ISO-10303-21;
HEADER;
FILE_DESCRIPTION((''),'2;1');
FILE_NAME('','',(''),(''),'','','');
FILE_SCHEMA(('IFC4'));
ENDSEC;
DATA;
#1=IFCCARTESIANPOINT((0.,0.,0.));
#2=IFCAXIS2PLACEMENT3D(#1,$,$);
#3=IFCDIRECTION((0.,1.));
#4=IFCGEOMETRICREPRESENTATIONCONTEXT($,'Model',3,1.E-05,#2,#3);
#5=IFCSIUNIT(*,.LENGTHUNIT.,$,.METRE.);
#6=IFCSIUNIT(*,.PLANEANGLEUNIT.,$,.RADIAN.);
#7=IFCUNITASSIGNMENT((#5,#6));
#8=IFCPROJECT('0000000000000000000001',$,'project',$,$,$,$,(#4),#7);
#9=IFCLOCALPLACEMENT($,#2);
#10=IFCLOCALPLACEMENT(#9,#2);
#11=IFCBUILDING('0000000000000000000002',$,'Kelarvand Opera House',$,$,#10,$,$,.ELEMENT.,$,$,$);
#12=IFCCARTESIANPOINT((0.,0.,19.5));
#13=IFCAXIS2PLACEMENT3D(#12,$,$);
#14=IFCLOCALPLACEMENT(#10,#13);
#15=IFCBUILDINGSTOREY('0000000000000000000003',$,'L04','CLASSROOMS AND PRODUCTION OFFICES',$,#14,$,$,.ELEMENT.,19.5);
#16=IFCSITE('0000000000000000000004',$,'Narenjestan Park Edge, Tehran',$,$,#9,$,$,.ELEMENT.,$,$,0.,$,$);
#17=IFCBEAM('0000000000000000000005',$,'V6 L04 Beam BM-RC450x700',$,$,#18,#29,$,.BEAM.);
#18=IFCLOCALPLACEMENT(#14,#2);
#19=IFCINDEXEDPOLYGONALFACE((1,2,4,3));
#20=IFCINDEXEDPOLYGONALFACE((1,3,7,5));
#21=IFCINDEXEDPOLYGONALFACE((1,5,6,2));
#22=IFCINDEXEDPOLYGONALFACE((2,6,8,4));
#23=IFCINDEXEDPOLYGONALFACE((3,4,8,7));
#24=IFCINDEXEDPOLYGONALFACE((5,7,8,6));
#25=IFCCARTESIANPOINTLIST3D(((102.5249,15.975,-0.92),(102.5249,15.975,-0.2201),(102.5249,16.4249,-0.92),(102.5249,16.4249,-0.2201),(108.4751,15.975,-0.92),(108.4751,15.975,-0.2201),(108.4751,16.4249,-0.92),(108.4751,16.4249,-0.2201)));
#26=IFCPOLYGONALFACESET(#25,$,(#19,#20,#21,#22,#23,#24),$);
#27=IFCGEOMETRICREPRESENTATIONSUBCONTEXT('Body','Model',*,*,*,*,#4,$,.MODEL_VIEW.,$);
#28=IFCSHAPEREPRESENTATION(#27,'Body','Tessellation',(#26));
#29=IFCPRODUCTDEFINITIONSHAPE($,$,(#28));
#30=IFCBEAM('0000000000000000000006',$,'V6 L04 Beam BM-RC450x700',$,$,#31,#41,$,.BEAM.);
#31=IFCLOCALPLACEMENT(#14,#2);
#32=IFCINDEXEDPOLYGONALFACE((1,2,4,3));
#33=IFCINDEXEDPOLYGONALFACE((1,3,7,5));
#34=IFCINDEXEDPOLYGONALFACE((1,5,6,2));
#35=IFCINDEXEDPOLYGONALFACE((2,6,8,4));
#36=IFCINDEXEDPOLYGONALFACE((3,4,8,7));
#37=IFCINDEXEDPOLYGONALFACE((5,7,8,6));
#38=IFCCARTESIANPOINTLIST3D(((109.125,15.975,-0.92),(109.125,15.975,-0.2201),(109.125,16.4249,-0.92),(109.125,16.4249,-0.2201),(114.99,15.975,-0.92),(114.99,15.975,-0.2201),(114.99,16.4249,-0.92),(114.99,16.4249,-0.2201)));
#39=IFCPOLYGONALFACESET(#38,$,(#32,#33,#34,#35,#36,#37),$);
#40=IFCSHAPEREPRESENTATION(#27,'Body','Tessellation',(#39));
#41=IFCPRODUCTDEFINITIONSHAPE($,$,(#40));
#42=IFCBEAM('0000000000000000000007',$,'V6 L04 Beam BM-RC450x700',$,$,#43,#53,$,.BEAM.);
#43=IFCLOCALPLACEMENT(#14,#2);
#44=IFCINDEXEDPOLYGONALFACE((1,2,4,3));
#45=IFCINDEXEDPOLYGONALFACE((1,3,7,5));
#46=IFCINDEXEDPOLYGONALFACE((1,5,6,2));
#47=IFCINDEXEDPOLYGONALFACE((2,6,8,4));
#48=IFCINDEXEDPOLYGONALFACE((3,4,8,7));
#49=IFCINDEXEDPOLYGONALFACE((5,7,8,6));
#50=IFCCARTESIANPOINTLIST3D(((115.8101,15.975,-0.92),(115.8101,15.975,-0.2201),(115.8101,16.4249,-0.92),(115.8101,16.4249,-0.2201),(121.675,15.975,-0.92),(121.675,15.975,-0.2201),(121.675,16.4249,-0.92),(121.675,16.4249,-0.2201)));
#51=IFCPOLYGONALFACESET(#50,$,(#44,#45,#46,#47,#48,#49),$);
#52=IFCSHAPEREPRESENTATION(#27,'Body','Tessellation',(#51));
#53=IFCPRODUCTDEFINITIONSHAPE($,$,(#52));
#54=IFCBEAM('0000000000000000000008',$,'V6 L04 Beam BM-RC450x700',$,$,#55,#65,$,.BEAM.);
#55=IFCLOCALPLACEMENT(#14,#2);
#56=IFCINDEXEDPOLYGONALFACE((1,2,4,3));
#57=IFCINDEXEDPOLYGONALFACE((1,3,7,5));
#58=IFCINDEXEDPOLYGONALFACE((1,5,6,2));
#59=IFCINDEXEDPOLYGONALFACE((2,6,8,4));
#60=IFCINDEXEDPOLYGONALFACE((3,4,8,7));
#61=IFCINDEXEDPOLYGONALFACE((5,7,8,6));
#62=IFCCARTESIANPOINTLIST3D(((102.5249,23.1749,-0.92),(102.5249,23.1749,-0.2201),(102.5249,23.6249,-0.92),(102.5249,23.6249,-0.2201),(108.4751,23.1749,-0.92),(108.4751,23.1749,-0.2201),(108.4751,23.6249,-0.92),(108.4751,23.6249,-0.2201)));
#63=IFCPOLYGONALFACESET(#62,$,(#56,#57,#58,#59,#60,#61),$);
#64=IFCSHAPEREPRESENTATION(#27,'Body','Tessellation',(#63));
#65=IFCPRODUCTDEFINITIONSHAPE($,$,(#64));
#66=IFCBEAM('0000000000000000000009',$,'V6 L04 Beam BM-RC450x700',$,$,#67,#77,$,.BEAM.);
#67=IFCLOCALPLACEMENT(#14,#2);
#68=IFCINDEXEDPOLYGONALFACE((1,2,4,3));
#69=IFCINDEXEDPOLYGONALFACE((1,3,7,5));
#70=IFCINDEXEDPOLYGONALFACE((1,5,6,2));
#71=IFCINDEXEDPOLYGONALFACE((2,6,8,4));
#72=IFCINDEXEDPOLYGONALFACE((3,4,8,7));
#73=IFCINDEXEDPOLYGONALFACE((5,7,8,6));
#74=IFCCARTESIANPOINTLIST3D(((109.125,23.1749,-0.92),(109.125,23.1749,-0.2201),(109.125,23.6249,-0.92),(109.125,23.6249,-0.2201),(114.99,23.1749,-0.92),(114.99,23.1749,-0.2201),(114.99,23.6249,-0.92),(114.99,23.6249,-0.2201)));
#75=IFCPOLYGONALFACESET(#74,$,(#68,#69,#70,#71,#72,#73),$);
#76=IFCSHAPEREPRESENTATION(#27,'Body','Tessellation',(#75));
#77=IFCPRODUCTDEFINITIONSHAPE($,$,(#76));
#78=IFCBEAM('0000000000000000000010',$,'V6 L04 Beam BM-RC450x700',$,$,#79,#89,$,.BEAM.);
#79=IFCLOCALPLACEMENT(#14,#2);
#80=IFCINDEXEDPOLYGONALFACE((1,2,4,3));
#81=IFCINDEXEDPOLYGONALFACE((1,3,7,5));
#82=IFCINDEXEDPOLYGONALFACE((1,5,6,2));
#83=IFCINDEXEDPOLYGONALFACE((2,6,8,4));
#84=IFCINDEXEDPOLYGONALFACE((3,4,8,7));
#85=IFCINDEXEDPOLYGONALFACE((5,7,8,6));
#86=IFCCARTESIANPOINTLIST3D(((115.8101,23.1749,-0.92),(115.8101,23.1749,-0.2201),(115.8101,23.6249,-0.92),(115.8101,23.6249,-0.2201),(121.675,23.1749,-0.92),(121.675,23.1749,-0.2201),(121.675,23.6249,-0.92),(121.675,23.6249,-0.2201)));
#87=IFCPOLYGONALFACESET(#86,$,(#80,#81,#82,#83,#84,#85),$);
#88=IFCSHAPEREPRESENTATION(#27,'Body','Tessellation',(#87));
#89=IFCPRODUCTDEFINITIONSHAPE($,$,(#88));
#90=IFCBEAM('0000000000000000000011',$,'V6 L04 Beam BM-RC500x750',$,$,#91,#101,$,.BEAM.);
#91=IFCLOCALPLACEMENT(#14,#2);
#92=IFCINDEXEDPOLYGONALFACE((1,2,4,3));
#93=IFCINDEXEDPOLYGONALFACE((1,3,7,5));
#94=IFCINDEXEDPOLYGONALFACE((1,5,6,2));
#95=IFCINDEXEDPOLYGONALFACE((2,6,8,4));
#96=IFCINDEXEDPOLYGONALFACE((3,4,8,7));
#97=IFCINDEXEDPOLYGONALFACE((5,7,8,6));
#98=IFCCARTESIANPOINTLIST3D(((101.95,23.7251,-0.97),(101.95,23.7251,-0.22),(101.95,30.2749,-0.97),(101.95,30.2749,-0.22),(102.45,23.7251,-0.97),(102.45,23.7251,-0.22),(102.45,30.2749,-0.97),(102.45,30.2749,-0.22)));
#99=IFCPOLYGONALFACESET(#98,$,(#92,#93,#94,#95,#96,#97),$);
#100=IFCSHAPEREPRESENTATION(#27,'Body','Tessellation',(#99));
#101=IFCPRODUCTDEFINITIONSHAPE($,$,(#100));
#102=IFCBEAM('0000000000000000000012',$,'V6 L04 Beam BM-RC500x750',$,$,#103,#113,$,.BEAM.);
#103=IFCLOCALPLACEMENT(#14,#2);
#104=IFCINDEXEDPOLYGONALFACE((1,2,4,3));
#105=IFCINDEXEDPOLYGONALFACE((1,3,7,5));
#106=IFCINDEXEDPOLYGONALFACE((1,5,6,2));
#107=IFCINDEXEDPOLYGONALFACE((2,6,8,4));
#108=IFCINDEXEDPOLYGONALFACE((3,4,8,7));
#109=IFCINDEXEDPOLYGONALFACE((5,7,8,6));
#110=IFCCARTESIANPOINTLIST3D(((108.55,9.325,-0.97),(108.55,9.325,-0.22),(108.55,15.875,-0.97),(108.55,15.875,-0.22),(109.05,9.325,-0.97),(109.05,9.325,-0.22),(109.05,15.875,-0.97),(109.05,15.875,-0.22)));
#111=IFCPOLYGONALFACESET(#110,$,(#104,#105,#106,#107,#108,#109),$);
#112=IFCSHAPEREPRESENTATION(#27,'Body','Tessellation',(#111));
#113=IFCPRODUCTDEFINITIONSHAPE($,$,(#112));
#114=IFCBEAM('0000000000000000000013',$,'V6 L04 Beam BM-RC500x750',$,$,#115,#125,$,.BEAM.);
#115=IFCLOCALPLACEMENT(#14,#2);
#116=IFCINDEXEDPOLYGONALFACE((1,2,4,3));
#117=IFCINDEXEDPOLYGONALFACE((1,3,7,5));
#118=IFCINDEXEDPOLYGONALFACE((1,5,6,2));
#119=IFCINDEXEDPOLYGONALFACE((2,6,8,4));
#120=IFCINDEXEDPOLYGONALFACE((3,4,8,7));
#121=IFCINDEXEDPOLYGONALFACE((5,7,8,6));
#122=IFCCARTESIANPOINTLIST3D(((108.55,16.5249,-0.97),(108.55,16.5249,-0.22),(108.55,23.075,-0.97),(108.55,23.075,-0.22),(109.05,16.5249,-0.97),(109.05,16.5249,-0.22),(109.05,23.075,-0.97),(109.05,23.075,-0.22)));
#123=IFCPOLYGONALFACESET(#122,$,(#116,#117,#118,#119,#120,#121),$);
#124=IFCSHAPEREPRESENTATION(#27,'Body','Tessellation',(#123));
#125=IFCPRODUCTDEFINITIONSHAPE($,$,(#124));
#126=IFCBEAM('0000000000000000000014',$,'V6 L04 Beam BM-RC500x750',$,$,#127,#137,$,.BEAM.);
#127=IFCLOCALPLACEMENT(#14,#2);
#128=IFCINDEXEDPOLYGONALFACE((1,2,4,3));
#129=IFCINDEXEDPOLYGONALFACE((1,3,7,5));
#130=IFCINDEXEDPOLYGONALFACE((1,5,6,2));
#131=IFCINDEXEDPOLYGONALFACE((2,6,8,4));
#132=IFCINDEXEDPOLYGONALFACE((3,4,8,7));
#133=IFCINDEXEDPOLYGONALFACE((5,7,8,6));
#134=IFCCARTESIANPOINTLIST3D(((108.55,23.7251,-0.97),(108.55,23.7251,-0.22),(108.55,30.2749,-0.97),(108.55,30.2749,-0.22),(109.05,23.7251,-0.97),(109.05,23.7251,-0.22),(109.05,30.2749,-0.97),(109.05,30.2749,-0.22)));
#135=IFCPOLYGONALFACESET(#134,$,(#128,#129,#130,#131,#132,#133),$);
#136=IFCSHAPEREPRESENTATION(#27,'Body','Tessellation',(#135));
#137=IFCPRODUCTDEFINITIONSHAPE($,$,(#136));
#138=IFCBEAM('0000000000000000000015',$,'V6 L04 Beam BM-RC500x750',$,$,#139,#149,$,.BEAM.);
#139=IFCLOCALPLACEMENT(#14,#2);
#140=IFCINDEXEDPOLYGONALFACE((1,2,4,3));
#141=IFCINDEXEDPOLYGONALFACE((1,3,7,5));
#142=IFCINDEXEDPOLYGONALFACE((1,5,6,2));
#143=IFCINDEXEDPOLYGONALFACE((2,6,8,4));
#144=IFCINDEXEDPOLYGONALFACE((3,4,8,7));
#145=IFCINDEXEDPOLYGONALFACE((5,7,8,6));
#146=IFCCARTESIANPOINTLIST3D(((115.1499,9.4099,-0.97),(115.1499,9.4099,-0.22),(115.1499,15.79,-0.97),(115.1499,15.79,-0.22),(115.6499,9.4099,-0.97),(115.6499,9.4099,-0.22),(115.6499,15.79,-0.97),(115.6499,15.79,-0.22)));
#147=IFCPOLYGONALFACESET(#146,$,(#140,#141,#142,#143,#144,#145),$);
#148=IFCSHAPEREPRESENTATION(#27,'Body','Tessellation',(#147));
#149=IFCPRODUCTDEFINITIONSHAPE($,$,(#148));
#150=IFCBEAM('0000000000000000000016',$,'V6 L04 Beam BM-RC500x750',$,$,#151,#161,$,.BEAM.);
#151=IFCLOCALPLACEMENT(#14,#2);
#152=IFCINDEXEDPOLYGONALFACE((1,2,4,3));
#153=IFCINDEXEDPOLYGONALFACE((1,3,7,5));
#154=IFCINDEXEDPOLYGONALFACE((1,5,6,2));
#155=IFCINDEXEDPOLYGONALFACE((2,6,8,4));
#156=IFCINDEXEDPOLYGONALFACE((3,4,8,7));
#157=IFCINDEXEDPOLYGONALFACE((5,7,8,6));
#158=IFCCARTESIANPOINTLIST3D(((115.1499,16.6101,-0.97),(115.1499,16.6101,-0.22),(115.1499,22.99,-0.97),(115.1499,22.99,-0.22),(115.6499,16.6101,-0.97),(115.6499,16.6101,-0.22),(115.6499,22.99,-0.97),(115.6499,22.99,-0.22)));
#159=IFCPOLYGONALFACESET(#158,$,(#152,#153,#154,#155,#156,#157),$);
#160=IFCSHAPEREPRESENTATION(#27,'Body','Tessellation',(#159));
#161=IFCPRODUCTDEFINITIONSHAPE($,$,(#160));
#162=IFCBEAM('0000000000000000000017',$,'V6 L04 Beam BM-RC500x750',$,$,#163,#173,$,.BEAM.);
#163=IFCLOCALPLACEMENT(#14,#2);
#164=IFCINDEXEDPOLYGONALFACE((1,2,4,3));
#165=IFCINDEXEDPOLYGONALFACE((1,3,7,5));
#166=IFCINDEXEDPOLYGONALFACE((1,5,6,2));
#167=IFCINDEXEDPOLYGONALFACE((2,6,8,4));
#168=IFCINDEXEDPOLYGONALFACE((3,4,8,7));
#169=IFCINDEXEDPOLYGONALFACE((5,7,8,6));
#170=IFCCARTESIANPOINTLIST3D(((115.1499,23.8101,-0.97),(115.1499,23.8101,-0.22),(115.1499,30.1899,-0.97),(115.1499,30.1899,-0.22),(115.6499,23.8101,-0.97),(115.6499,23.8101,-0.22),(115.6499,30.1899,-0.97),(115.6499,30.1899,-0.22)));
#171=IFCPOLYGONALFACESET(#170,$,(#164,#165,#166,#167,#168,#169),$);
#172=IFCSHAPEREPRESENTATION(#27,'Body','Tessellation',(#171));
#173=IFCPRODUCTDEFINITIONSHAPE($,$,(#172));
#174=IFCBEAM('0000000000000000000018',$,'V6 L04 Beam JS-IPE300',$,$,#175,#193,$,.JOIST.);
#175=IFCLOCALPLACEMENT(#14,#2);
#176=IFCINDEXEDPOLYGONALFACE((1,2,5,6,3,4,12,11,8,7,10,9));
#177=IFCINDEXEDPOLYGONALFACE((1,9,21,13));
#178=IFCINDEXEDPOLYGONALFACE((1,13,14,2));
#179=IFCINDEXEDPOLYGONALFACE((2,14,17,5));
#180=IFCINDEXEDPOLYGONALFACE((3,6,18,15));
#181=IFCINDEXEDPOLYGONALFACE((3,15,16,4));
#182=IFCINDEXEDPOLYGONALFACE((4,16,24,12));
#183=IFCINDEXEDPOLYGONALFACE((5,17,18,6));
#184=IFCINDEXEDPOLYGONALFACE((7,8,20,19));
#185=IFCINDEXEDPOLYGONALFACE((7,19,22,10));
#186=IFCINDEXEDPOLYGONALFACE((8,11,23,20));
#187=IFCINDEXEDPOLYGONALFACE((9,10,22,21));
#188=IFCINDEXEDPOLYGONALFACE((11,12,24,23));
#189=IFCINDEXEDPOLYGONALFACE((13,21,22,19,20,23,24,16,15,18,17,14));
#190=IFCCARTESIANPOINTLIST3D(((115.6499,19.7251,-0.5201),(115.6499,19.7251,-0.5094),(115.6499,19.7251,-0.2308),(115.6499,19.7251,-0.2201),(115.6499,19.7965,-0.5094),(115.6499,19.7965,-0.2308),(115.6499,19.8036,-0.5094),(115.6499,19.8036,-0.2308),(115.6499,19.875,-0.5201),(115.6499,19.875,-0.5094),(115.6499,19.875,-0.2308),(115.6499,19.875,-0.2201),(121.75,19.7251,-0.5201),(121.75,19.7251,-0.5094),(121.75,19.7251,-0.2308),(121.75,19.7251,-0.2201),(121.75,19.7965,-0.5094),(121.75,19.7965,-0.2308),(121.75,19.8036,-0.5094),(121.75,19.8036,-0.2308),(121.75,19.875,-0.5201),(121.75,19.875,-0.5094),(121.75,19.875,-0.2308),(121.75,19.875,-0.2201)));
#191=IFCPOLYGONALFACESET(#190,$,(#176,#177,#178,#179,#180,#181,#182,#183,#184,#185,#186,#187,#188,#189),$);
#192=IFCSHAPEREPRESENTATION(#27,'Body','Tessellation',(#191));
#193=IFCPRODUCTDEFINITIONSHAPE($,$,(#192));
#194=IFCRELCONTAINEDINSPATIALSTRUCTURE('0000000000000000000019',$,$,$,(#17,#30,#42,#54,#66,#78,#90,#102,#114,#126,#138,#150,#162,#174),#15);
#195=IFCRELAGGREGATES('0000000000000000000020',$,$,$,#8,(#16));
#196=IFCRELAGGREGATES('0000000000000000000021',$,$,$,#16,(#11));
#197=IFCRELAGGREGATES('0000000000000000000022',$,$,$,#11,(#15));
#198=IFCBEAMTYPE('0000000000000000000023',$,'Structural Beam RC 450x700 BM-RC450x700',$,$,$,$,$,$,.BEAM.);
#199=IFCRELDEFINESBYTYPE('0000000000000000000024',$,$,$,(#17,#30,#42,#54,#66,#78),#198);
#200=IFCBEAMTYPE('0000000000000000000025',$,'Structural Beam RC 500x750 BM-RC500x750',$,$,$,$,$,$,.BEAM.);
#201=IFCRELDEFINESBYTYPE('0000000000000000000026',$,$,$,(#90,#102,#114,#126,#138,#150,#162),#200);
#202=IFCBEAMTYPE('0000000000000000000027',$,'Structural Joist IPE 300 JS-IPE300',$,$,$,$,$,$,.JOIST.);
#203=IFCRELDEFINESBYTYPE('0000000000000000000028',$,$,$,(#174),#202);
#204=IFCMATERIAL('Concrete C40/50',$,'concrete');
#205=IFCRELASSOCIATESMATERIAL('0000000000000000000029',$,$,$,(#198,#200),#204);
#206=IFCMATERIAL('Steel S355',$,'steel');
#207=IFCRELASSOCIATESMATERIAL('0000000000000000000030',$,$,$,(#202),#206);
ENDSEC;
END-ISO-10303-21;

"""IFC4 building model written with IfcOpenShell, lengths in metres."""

from ifc_helpers import new_model, si_unit, direction, frame, origin, origin_2d, place, context, subcontext, project, spatial, rectangle, i_section, extrude, material, material_profile, profile_set, type_object, element, save


model = new_model("IFC4")

# Units and contexts
model_context = context("Model", 3, precision=1e-05, world=origin(), true_north=direction((0.0, 1.0)))
body_context = subcontext(model_context, "Body", "Model", "MODEL_VIEW")
ifc_project = project(units=[si_unit("LENGTHUNIT", "METRE"), si_unit("PLANEANGLEUNIT", "RADIAN")], contexts=[model_context])

# Site, building, storey
site_placement = place(None, origin())
site = spatial("IfcSite", under=ifc_project, at=site_placement, Name="Narenjestan Park Edge, Tehran", CompositionType="ELEMENT", RefElevation=0.0)
building_placement = place(site_placement, origin())
building = spatial("IfcBuilding", under=site, at=building_placement, Name="Kelarvand Opera House", CompositionType="ELEMENT")
storey_placement = place(building_placement, frame((0.0, 0.0, 19.5)))
storey = spatial("IfcBuildingStorey", under=building, at=storey_placement, Name="L04", Description="CLASSROOMS AND PRODUCTION OFFICES", CompositionType="ELEMENT", Elevation=19.5)

# Beams
ifc_material_1 = material(Name="Concrete C40/50", Category="concrete")
ifc_material_profile_1 = material_profile(ifc_material_1, rectangle(XDim=0.45, YDim=0.7, at=origin_2d()), Name="RC 450x700", Category="concrete")
ifc_profile_set_1 = profile_set([ifc_material_profile_1], Name="Concrete C40/50")
beam_type_1 = type_object("IfcBeamType", Name="Structural Beam RC 450x700 BM-RC450x700", PredefinedType="BEAM", material=ifc_profile_set_1)
beam_1_placement = place(storey_placement, frame((102.5249, 16.2, -0.5701), z_axis=(1.0, 0.0, 0.0), x_axis=(0.0, 1.0, 0.0)))
element("IfcBeam", 1, at=beam_1_placement, inside=storey, type_object=beam_type_1, Name="V6 L04 Beam BM-RC450x700", PredefinedType="BEAM", context=body_context, shape_type="SweptSolid", body=[
    extrude(rectangle(XDim=0.45, YDim=0.7, at=origin_2d()), origin(), (0.0, 0.0, 1.0), 5.9502),
])
for number, where, z_axis, x_axis, name in (
    (2, (109.125, 16.2, -0.5701), (1.0, 0.0, 0.0), (0.0, 1.0, 0.0), "V6 L04 Beam BM-RC450x700"),
    (3, (115.8101, 16.2, -0.5701), (1.0, 0.0, 0.0), (0.0, 1.0, 0.0), "V6 L04 Beam BM-RC450x700"),
):
    element("IfcBeam", number, at=place(storey_placement, frame(where, z_axis=z_axis, x_axis=x_axis)), inside=storey, type_object=beam_type_1, Name=name, PredefinedType="BEAM", context=body_context, shape_type="SweptSolid", body=[
        extrude(rectangle(XDim=0.45, YDim=0.7, at=origin_2d()), origin(), (0.0, 0.0, 1.0), 5.865),
    ])
beam_2_placement = place(storey_placement, frame((102.5249, 23.3999, -0.5701), z_axis=(1.0, 0.0, 0.0), x_axis=(0.0, 1.0, 0.0)))
element("IfcBeam", 4, at=beam_2_placement, inside=storey, type_object=beam_type_1, Name="V6 L04 Beam BM-RC450x700", PredefinedType="BEAM", context=body_context, shape_type="SweptSolid", body=[
    extrude(rectangle(XDim=0.45, YDim=0.7, at=origin_2d()), origin(), (0.0, 0.0, 1.0), 5.9502),
])
for number, where, z_axis, x_axis, name in (
    (5, (109.125, 23.3999, -0.5701), (1.0, 0.0, 0.0), (0.0, 1.0, 0.0), "V6 L04 Beam BM-RC450x700"),
    (6, (115.8101, 23.3999, -0.5701), (1.0, 0.0, 0.0), (0.0, 1.0, 0.0), "V6 L04 Beam BM-RC450x700"),
):
    element("IfcBeam", number, at=place(storey_placement, frame(where, z_axis=z_axis, x_axis=x_axis)), inside=storey, type_object=beam_type_1, Name=name, PredefinedType="BEAM", context=body_context, shape_type="SweptSolid", body=[
        extrude(rectangle(XDim=0.45, YDim=0.7, at=origin_2d()), origin(), (0.0, 0.0, 1.0), 5.865),
    ])
ifc_material_profile_2 = material_profile(ifc_material_1, rectangle(XDim=0.5, YDim=0.75, at=origin_2d()), Name="RC 500x750", Category="concrete")
ifc_profile_set_2 = profile_set([ifc_material_profile_2], Name="Concrete C40/50")
beam_type_2 = type_object("IfcBeamType", Name="Structural Beam RC 500x750 BM-RC500x750", PredefinedType="BEAM", material=ifc_profile_set_2)
beam_3_placement = place(storey_placement, frame((102.2, 23.7251, -0.595), z_axis=(0.0, 1.0, 0.0), x_axis=(-1.0, 0.0, 0.0)))
element("IfcBeam", 7, at=beam_3_placement, inside=storey, type_object=beam_type_2, Name="V6 L04 Beam BM-RC500x750", PredefinedType="BEAM", context=body_context, shape_type="SweptSolid", body=[
    extrude(rectangle(XDim=0.5, YDim=0.75, at=origin_2d()), origin(), (0.0, 0.0, 1.0), 6.5498),
])
for number, where, z_axis, x_axis, name in (
    (8, (108.8, 9.325, -0.595), (0.0, 1.0, 0.0), (-1.0, 0.0, 0.0), "V6 L04 Beam BM-RC500x750"),
    (9, (108.8, 16.5249, -0.595), (0.0, 1.0, 0.0), (-1.0, 0.0, 0.0), "V6 L04 Beam BM-RC500x750"),
):
    element("IfcBeam", number, at=place(storey_placement, frame(where, z_axis=z_axis, x_axis=x_axis)), inside=storey, type_object=beam_type_2, Name=name, PredefinedType="BEAM", context=body_context, shape_type="SweptSolid", body=[
        extrude(rectangle(XDim=0.5, YDim=0.75, at=origin_2d()), origin(), (0.0, 0.0, 1.0), 6.55),
    ])
beam_4_placement = place(storey_placement, frame((108.8, 23.7251, -0.595), z_axis=(0.0, 1.0, 0.0), x_axis=(-1.0, 0.0, 0.0)))
element("IfcBeam", 10, at=beam_4_placement, inside=storey, type_object=beam_type_2, Name="V6 L04 Beam BM-RC500x750", PredefinedType="BEAM", context=body_context, shape_type="SweptSolid", body=[
    extrude(rectangle(XDim=0.5, YDim=0.75, at=origin_2d()), origin(), (0.0, 0.0, 1.0), 6.5498),
])
beam_5_placement = place(storey_placement, frame((115.3999, 9.4099, -0.595), z_axis=(0.0, 1.0, 0.0), x_axis=(-1.0, 0.0, 0.0)))
element("IfcBeam", 11, at=beam_5_placement, inside=storey, type_object=beam_type_2, Name="V6 L04 Beam BM-RC500x750", PredefinedType="BEAM", context=body_context, shape_type="SweptSolid", body=[
    extrude(rectangle(XDim=0.5, YDim=0.75, at=origin_2d()), origin(), (0.0, 0.0, 1.0), 6.3801),
])
for number, where, z_axis, x_axis, name in (
    (12, (115.3999, 16.6101, -0.595), (0.0, 1.0, 0.0), (-1.0, 0.0, 0.0), "V6 L04 Beam BM-RC500x750"),
    (13, (115.3999, 23.8101, -0.595), (0.0, 1.0, 0.0), (-1.0, 0.0, 0.0), "V6 L04 Beam BM-RC500x750"),
):
    element("IfcBeam", number, at=place(storey_placement, frame(where, z_axis=z_axis, x_axis=x_axis)), inside=storey, type_object=beam_type_2, Name=name, PredefinedType="BEAM", context=body_context, shape_type="SweptSolid", body=[
        extrude(rectangle(XDim=0.5, YDim=0.75, at=origin_2d()), origin(), (0.0, 0.0, 1.0), 6.3799),
    ])
ifc_material_2 = material(Name="Steel S355", Category="steel")
ifc_material_profile_3 = material_profile(ifc_material_2, i_section(OverallWidth=0.1499, OverallDepth=0.3, WebThickness=0.0071, FlangeThickness=0.0107, at=origin_2d()), Name="IPE 300", Category="steel")
ifc_profile_set_3 = profile_set([ifc_material_profile_3], Name="Steel S355")
beam_type_3 = type_object("IfcBeamType", Name="Structural Joist IPE 300 JS-IPE300", PredefinedType="JOIST", material=ifc_profile_set_3)
beam_6_placement = place(storey_placement, frame((115.6499, 19.8, -0.3701), z_axis=(1.0, 0.0, 0.0), x_axis=(0.0, 1.0, 0.0)))
element("IfcBeam", 14, at=beam_6_placement, inside=storey, type_object=beam_type_3, Name="V6 L04 Beam JS-IPE300", PredefinedType="JOIST", context=body_context, shape_type="SweptSolid", body=[
    extrude(i_section(OverallWidth=0.1499, OverallDepth=0.3, WebThickness=0.0071, FlangeThickness=0.0107, at=origin_2d()), origin(), (0.0, 0.0, 1.0), 6.1001),
])

save(model, "model.ifc")
